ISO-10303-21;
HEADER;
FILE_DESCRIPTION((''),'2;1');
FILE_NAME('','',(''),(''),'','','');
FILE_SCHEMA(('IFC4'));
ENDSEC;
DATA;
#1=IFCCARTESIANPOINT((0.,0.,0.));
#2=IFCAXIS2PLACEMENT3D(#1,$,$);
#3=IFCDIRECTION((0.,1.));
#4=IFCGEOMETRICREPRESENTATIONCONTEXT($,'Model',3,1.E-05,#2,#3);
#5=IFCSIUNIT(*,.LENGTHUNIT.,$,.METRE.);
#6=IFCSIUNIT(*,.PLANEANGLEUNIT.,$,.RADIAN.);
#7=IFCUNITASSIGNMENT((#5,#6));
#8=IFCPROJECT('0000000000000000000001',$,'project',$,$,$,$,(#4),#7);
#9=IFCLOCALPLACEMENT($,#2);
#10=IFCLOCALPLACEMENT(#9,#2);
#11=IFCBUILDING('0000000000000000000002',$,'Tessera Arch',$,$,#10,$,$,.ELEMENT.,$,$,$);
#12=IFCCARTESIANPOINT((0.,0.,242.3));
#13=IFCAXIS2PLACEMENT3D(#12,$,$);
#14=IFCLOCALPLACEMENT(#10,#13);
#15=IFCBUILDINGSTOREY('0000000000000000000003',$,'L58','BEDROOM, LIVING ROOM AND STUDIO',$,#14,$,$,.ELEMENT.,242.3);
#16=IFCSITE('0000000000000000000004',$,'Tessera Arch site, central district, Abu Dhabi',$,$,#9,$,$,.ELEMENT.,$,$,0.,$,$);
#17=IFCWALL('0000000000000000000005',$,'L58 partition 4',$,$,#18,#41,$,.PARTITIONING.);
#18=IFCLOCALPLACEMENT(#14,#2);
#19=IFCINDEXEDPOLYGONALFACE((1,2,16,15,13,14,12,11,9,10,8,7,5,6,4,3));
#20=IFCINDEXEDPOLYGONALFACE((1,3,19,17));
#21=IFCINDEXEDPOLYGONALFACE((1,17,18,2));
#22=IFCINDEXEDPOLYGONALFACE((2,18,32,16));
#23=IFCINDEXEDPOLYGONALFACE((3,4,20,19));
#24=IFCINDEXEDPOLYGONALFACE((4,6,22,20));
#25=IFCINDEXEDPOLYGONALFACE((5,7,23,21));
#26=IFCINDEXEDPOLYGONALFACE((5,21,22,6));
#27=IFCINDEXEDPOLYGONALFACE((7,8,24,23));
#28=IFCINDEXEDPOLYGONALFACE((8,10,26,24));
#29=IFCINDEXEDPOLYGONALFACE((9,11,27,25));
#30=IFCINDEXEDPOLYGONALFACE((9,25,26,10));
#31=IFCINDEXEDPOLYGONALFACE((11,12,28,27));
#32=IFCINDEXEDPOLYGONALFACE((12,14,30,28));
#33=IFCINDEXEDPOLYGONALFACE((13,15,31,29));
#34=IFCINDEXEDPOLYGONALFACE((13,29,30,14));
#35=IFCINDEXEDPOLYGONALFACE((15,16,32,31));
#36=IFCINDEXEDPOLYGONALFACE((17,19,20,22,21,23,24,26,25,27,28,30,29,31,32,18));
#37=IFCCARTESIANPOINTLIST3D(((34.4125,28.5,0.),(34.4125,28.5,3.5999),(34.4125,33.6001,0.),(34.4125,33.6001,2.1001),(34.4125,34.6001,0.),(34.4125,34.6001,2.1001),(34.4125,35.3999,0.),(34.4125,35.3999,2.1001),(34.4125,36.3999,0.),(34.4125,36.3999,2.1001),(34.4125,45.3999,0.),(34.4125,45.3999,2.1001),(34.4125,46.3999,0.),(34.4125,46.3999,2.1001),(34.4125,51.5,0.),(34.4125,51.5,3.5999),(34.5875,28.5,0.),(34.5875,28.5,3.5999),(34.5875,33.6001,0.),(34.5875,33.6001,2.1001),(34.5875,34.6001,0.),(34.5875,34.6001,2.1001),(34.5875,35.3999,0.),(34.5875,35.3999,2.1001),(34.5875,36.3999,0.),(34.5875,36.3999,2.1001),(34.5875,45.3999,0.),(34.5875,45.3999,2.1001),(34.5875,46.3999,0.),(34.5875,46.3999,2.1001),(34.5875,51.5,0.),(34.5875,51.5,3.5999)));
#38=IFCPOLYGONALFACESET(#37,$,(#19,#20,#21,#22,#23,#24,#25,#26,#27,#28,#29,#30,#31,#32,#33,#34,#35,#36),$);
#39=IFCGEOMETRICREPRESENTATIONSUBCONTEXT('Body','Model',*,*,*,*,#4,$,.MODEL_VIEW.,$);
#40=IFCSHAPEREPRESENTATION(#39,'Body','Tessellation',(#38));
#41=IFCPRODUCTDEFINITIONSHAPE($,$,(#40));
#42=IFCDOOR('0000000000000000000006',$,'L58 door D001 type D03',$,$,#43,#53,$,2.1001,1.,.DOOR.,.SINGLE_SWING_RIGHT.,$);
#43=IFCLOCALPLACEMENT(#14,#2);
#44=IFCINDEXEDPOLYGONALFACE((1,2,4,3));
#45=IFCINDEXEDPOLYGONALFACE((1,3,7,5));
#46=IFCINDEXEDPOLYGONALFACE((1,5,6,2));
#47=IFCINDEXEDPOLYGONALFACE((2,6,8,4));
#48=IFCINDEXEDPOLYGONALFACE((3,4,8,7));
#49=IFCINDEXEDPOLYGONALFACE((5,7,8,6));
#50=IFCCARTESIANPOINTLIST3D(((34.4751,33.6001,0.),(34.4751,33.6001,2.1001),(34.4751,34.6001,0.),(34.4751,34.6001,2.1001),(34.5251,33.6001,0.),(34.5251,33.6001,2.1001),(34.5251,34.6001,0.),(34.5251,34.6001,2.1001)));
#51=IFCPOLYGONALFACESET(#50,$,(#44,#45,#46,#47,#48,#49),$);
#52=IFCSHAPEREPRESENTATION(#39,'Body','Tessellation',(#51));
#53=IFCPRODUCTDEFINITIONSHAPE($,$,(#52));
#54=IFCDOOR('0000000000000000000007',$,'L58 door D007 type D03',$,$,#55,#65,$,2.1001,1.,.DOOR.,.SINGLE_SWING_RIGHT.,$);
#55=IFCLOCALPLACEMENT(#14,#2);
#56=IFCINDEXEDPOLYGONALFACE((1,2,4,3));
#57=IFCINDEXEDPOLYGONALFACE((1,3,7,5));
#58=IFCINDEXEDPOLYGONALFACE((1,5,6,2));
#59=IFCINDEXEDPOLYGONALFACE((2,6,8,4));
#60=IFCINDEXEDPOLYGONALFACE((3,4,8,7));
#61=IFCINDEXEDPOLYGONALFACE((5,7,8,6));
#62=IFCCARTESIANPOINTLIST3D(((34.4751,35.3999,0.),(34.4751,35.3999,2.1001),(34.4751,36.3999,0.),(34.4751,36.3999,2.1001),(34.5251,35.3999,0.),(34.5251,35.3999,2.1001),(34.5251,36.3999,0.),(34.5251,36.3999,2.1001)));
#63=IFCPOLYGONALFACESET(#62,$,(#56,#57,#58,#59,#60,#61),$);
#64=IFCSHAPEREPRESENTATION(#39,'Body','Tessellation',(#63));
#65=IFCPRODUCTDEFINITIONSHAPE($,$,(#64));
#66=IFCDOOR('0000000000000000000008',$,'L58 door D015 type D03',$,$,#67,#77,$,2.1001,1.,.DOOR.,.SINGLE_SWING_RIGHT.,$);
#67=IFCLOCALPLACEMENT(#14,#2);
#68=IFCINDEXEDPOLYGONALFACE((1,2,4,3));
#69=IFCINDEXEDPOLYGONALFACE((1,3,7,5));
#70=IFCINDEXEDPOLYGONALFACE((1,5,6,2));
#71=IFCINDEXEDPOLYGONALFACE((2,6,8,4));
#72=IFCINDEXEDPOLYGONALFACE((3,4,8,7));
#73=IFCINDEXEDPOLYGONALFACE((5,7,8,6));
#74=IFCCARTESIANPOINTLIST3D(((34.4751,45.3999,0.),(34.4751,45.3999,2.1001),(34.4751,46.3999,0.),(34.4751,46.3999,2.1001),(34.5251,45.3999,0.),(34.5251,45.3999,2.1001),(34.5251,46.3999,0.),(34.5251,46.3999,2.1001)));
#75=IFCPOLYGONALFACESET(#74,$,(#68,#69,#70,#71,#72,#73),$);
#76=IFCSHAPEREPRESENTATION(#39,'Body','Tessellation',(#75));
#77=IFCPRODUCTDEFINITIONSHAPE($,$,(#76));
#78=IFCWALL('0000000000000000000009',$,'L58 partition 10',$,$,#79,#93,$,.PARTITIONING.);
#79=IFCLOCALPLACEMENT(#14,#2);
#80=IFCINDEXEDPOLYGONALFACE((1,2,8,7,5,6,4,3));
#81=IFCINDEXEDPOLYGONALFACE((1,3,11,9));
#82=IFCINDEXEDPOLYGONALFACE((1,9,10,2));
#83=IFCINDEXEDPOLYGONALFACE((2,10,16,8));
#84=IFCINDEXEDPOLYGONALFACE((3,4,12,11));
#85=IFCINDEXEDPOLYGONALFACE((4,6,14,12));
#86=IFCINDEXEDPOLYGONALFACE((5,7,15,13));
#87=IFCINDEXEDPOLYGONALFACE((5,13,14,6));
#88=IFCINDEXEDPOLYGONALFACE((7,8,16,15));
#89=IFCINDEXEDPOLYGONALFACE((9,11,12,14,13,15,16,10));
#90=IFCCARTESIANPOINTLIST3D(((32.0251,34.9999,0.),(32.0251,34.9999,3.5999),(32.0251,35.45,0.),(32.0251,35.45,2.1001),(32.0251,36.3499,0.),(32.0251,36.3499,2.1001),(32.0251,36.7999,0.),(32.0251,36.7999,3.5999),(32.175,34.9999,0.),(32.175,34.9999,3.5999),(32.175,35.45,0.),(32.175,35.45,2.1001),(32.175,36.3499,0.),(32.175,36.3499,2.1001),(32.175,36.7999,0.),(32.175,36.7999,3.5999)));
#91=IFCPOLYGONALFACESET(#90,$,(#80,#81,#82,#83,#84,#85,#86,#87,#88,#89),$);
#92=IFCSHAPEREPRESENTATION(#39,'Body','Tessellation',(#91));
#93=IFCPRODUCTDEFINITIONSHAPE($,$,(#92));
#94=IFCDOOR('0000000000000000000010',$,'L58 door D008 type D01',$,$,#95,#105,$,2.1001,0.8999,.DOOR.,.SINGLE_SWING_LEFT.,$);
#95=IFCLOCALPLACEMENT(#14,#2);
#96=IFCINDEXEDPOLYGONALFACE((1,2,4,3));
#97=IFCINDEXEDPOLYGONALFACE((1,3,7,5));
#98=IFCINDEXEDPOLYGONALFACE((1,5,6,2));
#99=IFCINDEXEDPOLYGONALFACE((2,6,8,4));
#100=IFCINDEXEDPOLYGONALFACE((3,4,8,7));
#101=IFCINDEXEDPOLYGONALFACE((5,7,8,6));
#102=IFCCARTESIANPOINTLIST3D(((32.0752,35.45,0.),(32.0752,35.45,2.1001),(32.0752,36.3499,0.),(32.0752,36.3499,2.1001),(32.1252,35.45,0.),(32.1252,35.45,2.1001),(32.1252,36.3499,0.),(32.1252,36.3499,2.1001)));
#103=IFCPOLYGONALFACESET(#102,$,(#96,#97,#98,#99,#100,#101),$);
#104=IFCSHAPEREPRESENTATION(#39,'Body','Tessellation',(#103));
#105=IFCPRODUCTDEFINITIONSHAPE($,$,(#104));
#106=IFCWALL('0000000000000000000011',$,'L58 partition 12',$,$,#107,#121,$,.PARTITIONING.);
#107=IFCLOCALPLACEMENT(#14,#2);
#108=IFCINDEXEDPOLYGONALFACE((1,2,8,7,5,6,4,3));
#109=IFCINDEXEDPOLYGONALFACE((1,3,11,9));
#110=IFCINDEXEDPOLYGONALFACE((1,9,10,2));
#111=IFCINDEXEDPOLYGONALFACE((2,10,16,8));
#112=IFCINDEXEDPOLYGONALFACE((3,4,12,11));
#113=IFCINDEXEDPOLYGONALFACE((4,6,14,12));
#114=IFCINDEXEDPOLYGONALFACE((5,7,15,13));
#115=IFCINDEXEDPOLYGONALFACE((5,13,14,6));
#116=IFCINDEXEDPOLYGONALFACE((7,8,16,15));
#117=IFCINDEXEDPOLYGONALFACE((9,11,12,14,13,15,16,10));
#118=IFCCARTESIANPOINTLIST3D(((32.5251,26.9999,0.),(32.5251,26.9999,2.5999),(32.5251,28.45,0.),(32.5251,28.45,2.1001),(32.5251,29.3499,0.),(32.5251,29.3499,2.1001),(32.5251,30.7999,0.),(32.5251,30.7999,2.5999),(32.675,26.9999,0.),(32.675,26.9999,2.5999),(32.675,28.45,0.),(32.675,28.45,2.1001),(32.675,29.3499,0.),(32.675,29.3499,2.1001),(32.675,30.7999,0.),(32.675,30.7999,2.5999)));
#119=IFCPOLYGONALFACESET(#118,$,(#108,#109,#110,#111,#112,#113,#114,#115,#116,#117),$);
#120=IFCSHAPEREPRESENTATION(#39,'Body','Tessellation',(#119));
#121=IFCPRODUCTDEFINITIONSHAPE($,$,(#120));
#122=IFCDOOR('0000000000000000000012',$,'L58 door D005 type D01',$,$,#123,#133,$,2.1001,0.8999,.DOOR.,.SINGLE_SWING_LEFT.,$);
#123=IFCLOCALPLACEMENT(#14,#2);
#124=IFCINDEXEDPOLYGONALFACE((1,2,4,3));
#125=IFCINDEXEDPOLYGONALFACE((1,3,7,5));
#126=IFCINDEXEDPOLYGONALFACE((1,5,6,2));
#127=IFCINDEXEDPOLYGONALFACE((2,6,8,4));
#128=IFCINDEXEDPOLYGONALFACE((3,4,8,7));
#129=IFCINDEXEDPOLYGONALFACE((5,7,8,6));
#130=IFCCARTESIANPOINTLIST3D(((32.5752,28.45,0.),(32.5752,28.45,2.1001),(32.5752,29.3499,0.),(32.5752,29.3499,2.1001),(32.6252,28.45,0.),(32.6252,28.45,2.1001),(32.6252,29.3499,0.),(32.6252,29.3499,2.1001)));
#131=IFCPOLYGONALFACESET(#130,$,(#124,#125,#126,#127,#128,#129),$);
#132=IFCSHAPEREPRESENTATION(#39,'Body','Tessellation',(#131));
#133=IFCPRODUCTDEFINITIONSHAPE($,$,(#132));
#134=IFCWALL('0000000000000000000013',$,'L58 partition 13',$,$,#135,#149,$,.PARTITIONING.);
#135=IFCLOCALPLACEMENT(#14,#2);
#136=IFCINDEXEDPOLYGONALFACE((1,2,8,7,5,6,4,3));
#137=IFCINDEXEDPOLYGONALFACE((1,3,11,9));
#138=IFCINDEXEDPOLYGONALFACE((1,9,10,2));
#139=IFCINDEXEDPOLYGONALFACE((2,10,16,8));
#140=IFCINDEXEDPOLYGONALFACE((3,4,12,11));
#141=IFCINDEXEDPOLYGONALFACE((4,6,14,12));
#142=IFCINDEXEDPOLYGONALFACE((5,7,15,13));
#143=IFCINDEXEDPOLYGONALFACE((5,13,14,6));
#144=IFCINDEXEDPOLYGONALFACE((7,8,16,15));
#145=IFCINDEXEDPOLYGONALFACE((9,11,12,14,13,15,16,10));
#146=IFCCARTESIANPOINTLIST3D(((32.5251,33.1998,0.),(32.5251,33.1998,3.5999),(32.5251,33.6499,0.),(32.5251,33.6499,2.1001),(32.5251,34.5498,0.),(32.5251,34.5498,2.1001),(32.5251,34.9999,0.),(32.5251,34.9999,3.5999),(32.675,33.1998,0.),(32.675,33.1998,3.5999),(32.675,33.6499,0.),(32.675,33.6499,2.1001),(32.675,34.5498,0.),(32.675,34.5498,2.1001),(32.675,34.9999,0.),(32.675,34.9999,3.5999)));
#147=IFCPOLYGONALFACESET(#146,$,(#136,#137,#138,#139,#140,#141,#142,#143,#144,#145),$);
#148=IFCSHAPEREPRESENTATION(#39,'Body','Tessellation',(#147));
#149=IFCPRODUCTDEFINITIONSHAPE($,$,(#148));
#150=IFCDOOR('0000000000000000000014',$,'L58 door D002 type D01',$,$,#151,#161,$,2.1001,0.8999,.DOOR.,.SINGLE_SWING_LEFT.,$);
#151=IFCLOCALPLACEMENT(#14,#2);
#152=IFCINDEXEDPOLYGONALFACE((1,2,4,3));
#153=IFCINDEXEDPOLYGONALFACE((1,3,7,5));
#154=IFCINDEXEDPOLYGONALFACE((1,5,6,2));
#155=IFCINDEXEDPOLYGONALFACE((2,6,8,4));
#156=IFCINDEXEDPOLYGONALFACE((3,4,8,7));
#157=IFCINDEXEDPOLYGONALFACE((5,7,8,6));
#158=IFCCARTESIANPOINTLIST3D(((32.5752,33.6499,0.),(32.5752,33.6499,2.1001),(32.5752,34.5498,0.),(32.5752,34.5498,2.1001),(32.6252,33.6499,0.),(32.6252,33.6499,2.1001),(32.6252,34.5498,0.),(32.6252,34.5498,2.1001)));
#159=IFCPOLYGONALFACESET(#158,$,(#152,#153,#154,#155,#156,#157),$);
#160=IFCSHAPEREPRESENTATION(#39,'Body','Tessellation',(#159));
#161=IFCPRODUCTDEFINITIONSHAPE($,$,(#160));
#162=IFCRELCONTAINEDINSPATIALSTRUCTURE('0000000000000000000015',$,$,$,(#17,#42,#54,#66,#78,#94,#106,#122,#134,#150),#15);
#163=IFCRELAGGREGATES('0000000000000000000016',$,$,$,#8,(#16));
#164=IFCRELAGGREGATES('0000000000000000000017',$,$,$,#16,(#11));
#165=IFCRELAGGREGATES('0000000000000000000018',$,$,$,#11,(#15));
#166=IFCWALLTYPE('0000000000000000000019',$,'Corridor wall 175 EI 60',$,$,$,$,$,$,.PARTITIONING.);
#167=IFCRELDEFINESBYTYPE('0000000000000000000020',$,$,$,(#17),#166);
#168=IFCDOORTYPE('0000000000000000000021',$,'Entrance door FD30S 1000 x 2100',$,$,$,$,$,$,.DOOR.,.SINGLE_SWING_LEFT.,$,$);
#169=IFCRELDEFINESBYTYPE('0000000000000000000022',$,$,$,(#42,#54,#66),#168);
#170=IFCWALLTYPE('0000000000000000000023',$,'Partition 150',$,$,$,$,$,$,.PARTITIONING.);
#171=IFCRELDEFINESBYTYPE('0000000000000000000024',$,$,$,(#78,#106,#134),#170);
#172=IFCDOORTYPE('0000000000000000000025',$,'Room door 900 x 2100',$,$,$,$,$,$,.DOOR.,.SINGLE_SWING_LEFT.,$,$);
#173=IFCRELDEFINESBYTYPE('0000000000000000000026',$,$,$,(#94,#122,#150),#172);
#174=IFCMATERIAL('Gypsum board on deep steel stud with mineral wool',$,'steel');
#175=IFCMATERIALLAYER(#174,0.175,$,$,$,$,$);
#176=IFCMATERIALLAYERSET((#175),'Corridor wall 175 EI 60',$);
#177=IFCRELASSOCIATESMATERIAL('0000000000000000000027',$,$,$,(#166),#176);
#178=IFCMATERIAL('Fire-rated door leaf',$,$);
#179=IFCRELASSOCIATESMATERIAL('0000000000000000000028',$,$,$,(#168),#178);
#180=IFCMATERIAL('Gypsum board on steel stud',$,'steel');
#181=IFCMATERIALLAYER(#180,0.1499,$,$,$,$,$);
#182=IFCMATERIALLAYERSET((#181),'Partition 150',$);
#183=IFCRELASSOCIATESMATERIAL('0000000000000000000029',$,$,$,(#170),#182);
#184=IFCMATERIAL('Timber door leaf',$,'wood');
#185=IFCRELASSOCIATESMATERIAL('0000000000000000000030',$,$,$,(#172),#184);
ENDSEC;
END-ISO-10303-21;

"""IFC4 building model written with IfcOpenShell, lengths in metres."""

from ifc_helpers import new_model, si_unit, direction, frame, frame_2d, origin, place, context, subcontext, project, spatial, rectangle, extrude, material, layer, layer_set, type_object, element, fill, save


model = new_model("IFC4")

# Units and contexts
model_context = context("Model", 3, precision=1e-05, world=origin(), true_north=direction((0.0, 1.0)))
body_context = subcontext(model_context, "Body", "Model", "MODEL_VIEW")
ifc_project = project(units=[si_unit("LENGTHUNIT", "METRE"), si_unit("PLANEANGLEUNIT", "RADIAN")], contexts=[model_context])

# Site, building, storey
site_placement = place(None, origin())
site = spatial("IfcSite", under=ifc_project, at=site_placement, Name="Tessera Arch site, central district, Abu Dhabi", CompositionType="ELEMENT", RefElevation=0.0)
building_placement = place(site_placement, origin())
building = spatial("IfcBuilding", under=site, at=building_placement, Name="Tessera Arch", CompositionType="ELEMENT")
storey_placement = place(building_placement, frame((0.0, 0.0, 242.3)))
storey = spatial("IfcBuildingStorey", under=building, at=storey_placement, Name="L58", Description="BEDROOM, LIVING ROOM AND STUDIO", CompositionType="ELEMENT", Elevation=242.3)

# Shared definitions
ifc_material_1 = material(Name="Gypsum board on deep steel stud with mineral wool", Category="steel")
ifc_layer_1 = layer(ifc_material_1, 0.175)
ifc_layer_set_1 = layer_set([ifc_layer_1], Name="Corridor wall 175 EI 60")
wall_type_1 = type_object("IfcWallType", Name="Corridor wall 175 EI 60", PredefinedType="PARTITIONING", material=ifc_layer_set_1)

# Wall, openings, doors
wall_1_placement = place(storey_placement, frame((34.5, 28.5, 0.0), z_axis=(0.0, 0.0, 1.0), x_axis=(0.0, 1.0, 0.0)))
wall_1 = element("IfcWall", 1, at=wall_1_placement, inside=storey, type_object=wall_type_1, Name="L58 partition 4", PredefinedType="PARTITIONING", context=body_context, shape_type="SweptSolid", body=[
    extrude(rectangle(XDim=23.0, YDim=0.175, at=frame_2d((11.5, 0.0))), origin(), (0.0, 0.0, 1.0), 3.5999),
])
opening_1_placement = place(wall_1_placement, frame((5.1001, 0.0, 0.0)))
opening_1 = element("IfcOpeningElement", 2, at=opening_1_placement, cuts=wall_1, PredefinedType="OPENING", context=body_context, shape_type="SweptSolid", body=[
    extrude(rectangle(XDim=1.0, YDim=2.1001, at=frame_2d((0.5, 1.05))), frame((0.0, 0.0974, 0.0), z_axis=(0.0, -1.0, 0.0), x_axis=(1.0, 0.0, 0.0)), (0.0, 0.0, 1.0), 0.1951),
])
opening_2_placement = place(wall_1_placement, frame((6.8999, 0.0, 0.0)))
opening_2 = element("IfcOpeningElement", 3, at=opening_2_placement, cuts=wall_1, PredefinedType="OPENING", context=body_context, shape_type="SweptSolid", body=[
    extrude(rectangle(XDim=1.0, YDim=2.1001, at=frame_2d((0.5, 1.05))), frame((0.0, 0.0974, 0.0), z_axis=(0.0, -1.0, 0.0), x_axis=(1.0, 0.0, 0.0)), (0.0, 0.0, 1.0), 0.1951),
])
opening_3_placement = place(wall_1_placement, frame((16.8999, 0.0, 0.0)))
opening_3 = element("IfcOpeningElement", 4, at=opening_3_placement, cuts=wall_1, PredefinedType="OPENING", context=body_context, shape_type="SweptSolid", body=[
    extrude(rectangle(XDim=1.0, YDim=2.1001, at=frame_2d((0.5, 1.05))), frame((0.0, 0.0974, 0.0), z_axis=(0.0, -1.0, 0.0), x_axis=(1.0, 0.0, 0.0)), (0.0, 0.0, 1.0), 0.1951),
])
ifc_material_2 = material(Name="Fire-rated door leaf")
door_type_1 = type_object("IfcDoorType", Name="Entrance door FD30S 1000 x 2100", OperationType="SINGLE_SWING_LEFT", PredefinedType="DOOR", material=ifc_material_2)
door_1_placement = place(opening_1_placement, origin())
door_1 = element("IfcDoor", 5, at=door_1_placement, inside=storey, type_object=door_type_1, Name="L58 door D001 type D03", OperationType="SINGLE_SWING_RIGHT", OverallHeight=2.1001, OverallWidth=1.0, PredefinedType="DOOR", context=body_context, shape_type="SweptSolid", body=[
    extrude(rectangle(XDim=1.0, YDim=2.1001, at=frame_2d((0.5, 1.05))), frame((0.0, 0.0249, 0.0), z_axis=(0.0, -1.0, 0.0), x_axis=(1.0, 0.0, 0.0)), (0.0, 0.0, 1.0), 0.05),
])
fill(opening_1, door_1)
door_2_placement = place(opening_2_placement, origin())
door_2 = element("IfcDoor", 6, at=door_2_placement, inside=storey, type_object=door_type_1, Name="L58 door D007 type D03", OperationType="SINGLE_SWING_RIGHT", OverallHeight=2.1001, OverallWidth=1.0, PredefinedType="DOOR", context=body_context, shape_type="SweptSolid", body=[
    extrude(rectangle(XDim=1.0, YDim=2.1001, at=frame_2d((0.5, 1.05))), frame((0.0, 0.0249, 0.0), z_axis=(0.0, -1.0, 0.0), x_axis=(1.0, 0.0, 0.0)), (0.0, 0.0, 1.0), 0.05),
])
fill(opening_2, door_2)
door_3_placement = place(opening_3_placement, origin())
door_3 = element("IfcDoor", 7, at=door_3_placement, inside=storey, type_object=door_type_1, Name="L58 door D015 type D03", OperationType="SINGLE_SWING_RIGHT", OverallHeight=2.1001, OverallWidth=1.0, PredefinedType="DOOR", context=body_context, shape_type="SweptSolid", body=[
    extrude(rectangle(XDim=1.0, YDim=2.1001, at=frame_2d((0.5, 1.05))), frame((0.0, 0.0249, 0.0), z_axis=(0.0, -1.0, 0.0), x_axis=(1.0, 0.0, 0.0)), (0.0, 0.0, 1.0), 0.05),
])
fill(opening_3, door_3)

# Walls, openings, doors
ifc_material_3 = material(Name="Gypsum board on steel stud", Category="steel")
ifc_layer_2 = layer(ifc_material_3, 0.1499)
ifc_layer_set_2 = layer_set([ifc_layer_2], Name="Partition 150")
wall_type_2 = type_object("IfcWallType", Name="Partition 150", PredefinedType="PARTITIONING", material=ifc_layer_set_2)
wall_2_placement = place(storey_placement, frame((32.1001, 35.0, 0.0), z_axis=(0.0, 0.0, 1.0), x_axis=(0.0, 1.0, 0.0)))
wall_2 = element("IfcWall", 8, at=wall_2_placement, inside=storey, type_object=wall_type_2, Name="L58 partition 10", PredefinedType="PARTITIONING", context=body_context, shape_type="SweptSolid", body=[
    extrude(rectangle(XDim=1.8, YDim=0.1499, at=frame_2d((0.8999, 0.0))), origin(), (0.0, 0.0, 1.0), 3.5999),
])
opening_4_placement = place(wall_2_placement, frame((0.45, 0.0, 0.0)))
opening_4 = element("IfcOpeningElement", 9, at=opening_4_placement, cuts=wall_2, PredefinedType="OPENING", context=body_context, shape_type="SweptSolid", body=[
    extrude(rectangle(XDim=0.8999, YDim=2.1001, at=frame_2d((0.45, 1.05))), frame((0.0, 0.085, 0.0), z_axis=(0.0, -1.0, 0.0), x_axis=(1.0, 0.0, 0.0)), (0.0, 0.0, 1.0), 0.1699),
])
ifc_material_4 = material(Name="Timber door leaf", Category="wood")
door_type_2 = type_object("IfcDoorType", Name="Room door 900 x 2100", OperationType="SINGLE_SWING_LEFT", PredefinedType="DOOR", material=ifc_material_4)
door_4_placement = place(opening_4_placement, origin())
door_4 = element("IfcDoor", 10, at=door_4_placement, inside=storey, type_object=door_type_2, Name="L58 door D008 type D01", OperationType="SINGLE_SWING_LEFT", OverallHeight=2.1001, OverallWidth=0.8999, PredefinedType="DOOR", context=body_context, shape_type="SweptSolid", body=[
    extrude(rectangle(XDim=0.8999, YDim=2.1001, at=frame_2d((0.45, 1.05))), frame((0.0, 0.0249, 0.0), z_axis=(0.0, -1.0, 0.0), x_axis=(1.0, 0.0, 0.0)), (0.0, 0.0, 1.0), 0.05),
])
fill(opening_4, door_4)
wall_3_placement = place(storey_placement, frame((32.6001, 27.0, 0.0), z_axis=(0.0, 0.0, 1.0), x_axis=(0.0, 1.0, 0.0)))
wall_3 = element("IfcWall", 11, at=wall_3_placement, inside=storey, type_object=wall_type_2, Name="L58 partition 12", PredefinedType="PARTITIONING", context=body_context, shape_type="SweptSolid", body=[
    extrude(rectangle(XDim=3.8, YDim=0.1499, at=frame_2d((1.8999, 0.0))), origin(), (0.0, 0.0, 1.0), 2.5999),
])
opening_5_placement = place(wall_3_placement, frame((1.45, 0.0, 0.0)))
opening_5 = element("IfcOpeningElement", 12, at=opening_5_placement, cuts=wall_3, PredefinedType="OPENING", context=body_context, shape_type="SweptSolid", body=[
    extrude(rectangle(XDim=0.8999, YDim=2.1001, at=frame_2d((0.45, 1.05))), frame((0.0, 0.085, 0.0), z_axis=(0.0, -1.0, 0.0), x_axis=(1.0, 0.0, 0.0)), (0.0, 0.0, 1.0), 0.1699),
])
door_5_placement = place(opening_5_placement, origin())
door_5 = element("IfcDoor", 13, at=door_5_placement, inside=storey, type_object=door_type_2, Name="L58 door D005 type D01", OperationType="SINGLE_SWING_LEFT", OverallHeight=2.1001, OverallWidth=0.8999, PredefinedType="DOOR", context=body_context, shape_type="SweptSolid", body=[
    extrude(rectangle(XDim=0.8999, YDim=2.1001, at=frame_2d((0.45, 1.05))), frame((0.0, 0.0249, 0.0), z_axis=(0.0, -1.0, 0.0), x_axis=(1.0, 0.0, 0.0)), (0.0, 0.0, 1.0), 0.05),
])
fill(opening_5, door_5)
wall_4_placement = place(storey_placement, frame((32.6001, 33.2, 0.0), z_axis=(0.0, 0.0, 1.0), x_axis=(0.0, 1.0, 0.0)))
wall_4 = element("IfcWall", 14, at=wall_4_placement, inside=storey, type_object=wall_type_2, Name="L58 partition 13", PredefinedType="PARTITIONING", context=body_context, shape_type="SweptSolid", body=[
    extrude(rectangle(XDim=1.8, YDim=0.1499, at=frame_2d((0.8999, 0.0))), origin(), (0.0, 0.0, 1.0), 3.5999),
])
opening_6_placement = place(wall_4_placement, frame((0.45, 0.0, 0.0)))
opening_6 = element("IfcOpeningElement", 15, at=opening_6_placement, cuts=wall_4, PredefinedType="OPENING", context=body_context, shape_type="SweptSolid", body=[
    extrude(rectangle(XDim=0.8999, YDim=2.1001, at=frame_2d((0.45, 1.05))), frame((0.0, 0.085, 0.0), z_axis=(0.0, -1.0, 0.0), x_axis=(1.0, 0.0, 0.0)), (0.0, 0.0, 1.0), 0.1699),
])
door_6_placement = place(opening_6_placement, origin())
door_6 = element("IfcDoor", 16, at=door_6_placement, inside=storey, type_object=door_type_2, Name="L58 door D002 type D01", OperationType="SINGLE_SWING_LEFT", OverallHeight=2.1001, OverallWidth=0.8999, PredefinedType="DOOR", context=body_context, shape_type="SweptSolid", body=[
    extrude(rectangle(XDim=0.8999, YDim=2.1001, at=frame_2d((0.45, 1.05))), frame((0.0, 0.0249, 0.0), z_axis=(0.0, -1.0, 0.0), x_axis=(1.0, 0.0, 0.0)), (0.0, 0.0, 1.0), 0.05),
])
fill(opening_6, door_6)

save(model, "model.ifc")
